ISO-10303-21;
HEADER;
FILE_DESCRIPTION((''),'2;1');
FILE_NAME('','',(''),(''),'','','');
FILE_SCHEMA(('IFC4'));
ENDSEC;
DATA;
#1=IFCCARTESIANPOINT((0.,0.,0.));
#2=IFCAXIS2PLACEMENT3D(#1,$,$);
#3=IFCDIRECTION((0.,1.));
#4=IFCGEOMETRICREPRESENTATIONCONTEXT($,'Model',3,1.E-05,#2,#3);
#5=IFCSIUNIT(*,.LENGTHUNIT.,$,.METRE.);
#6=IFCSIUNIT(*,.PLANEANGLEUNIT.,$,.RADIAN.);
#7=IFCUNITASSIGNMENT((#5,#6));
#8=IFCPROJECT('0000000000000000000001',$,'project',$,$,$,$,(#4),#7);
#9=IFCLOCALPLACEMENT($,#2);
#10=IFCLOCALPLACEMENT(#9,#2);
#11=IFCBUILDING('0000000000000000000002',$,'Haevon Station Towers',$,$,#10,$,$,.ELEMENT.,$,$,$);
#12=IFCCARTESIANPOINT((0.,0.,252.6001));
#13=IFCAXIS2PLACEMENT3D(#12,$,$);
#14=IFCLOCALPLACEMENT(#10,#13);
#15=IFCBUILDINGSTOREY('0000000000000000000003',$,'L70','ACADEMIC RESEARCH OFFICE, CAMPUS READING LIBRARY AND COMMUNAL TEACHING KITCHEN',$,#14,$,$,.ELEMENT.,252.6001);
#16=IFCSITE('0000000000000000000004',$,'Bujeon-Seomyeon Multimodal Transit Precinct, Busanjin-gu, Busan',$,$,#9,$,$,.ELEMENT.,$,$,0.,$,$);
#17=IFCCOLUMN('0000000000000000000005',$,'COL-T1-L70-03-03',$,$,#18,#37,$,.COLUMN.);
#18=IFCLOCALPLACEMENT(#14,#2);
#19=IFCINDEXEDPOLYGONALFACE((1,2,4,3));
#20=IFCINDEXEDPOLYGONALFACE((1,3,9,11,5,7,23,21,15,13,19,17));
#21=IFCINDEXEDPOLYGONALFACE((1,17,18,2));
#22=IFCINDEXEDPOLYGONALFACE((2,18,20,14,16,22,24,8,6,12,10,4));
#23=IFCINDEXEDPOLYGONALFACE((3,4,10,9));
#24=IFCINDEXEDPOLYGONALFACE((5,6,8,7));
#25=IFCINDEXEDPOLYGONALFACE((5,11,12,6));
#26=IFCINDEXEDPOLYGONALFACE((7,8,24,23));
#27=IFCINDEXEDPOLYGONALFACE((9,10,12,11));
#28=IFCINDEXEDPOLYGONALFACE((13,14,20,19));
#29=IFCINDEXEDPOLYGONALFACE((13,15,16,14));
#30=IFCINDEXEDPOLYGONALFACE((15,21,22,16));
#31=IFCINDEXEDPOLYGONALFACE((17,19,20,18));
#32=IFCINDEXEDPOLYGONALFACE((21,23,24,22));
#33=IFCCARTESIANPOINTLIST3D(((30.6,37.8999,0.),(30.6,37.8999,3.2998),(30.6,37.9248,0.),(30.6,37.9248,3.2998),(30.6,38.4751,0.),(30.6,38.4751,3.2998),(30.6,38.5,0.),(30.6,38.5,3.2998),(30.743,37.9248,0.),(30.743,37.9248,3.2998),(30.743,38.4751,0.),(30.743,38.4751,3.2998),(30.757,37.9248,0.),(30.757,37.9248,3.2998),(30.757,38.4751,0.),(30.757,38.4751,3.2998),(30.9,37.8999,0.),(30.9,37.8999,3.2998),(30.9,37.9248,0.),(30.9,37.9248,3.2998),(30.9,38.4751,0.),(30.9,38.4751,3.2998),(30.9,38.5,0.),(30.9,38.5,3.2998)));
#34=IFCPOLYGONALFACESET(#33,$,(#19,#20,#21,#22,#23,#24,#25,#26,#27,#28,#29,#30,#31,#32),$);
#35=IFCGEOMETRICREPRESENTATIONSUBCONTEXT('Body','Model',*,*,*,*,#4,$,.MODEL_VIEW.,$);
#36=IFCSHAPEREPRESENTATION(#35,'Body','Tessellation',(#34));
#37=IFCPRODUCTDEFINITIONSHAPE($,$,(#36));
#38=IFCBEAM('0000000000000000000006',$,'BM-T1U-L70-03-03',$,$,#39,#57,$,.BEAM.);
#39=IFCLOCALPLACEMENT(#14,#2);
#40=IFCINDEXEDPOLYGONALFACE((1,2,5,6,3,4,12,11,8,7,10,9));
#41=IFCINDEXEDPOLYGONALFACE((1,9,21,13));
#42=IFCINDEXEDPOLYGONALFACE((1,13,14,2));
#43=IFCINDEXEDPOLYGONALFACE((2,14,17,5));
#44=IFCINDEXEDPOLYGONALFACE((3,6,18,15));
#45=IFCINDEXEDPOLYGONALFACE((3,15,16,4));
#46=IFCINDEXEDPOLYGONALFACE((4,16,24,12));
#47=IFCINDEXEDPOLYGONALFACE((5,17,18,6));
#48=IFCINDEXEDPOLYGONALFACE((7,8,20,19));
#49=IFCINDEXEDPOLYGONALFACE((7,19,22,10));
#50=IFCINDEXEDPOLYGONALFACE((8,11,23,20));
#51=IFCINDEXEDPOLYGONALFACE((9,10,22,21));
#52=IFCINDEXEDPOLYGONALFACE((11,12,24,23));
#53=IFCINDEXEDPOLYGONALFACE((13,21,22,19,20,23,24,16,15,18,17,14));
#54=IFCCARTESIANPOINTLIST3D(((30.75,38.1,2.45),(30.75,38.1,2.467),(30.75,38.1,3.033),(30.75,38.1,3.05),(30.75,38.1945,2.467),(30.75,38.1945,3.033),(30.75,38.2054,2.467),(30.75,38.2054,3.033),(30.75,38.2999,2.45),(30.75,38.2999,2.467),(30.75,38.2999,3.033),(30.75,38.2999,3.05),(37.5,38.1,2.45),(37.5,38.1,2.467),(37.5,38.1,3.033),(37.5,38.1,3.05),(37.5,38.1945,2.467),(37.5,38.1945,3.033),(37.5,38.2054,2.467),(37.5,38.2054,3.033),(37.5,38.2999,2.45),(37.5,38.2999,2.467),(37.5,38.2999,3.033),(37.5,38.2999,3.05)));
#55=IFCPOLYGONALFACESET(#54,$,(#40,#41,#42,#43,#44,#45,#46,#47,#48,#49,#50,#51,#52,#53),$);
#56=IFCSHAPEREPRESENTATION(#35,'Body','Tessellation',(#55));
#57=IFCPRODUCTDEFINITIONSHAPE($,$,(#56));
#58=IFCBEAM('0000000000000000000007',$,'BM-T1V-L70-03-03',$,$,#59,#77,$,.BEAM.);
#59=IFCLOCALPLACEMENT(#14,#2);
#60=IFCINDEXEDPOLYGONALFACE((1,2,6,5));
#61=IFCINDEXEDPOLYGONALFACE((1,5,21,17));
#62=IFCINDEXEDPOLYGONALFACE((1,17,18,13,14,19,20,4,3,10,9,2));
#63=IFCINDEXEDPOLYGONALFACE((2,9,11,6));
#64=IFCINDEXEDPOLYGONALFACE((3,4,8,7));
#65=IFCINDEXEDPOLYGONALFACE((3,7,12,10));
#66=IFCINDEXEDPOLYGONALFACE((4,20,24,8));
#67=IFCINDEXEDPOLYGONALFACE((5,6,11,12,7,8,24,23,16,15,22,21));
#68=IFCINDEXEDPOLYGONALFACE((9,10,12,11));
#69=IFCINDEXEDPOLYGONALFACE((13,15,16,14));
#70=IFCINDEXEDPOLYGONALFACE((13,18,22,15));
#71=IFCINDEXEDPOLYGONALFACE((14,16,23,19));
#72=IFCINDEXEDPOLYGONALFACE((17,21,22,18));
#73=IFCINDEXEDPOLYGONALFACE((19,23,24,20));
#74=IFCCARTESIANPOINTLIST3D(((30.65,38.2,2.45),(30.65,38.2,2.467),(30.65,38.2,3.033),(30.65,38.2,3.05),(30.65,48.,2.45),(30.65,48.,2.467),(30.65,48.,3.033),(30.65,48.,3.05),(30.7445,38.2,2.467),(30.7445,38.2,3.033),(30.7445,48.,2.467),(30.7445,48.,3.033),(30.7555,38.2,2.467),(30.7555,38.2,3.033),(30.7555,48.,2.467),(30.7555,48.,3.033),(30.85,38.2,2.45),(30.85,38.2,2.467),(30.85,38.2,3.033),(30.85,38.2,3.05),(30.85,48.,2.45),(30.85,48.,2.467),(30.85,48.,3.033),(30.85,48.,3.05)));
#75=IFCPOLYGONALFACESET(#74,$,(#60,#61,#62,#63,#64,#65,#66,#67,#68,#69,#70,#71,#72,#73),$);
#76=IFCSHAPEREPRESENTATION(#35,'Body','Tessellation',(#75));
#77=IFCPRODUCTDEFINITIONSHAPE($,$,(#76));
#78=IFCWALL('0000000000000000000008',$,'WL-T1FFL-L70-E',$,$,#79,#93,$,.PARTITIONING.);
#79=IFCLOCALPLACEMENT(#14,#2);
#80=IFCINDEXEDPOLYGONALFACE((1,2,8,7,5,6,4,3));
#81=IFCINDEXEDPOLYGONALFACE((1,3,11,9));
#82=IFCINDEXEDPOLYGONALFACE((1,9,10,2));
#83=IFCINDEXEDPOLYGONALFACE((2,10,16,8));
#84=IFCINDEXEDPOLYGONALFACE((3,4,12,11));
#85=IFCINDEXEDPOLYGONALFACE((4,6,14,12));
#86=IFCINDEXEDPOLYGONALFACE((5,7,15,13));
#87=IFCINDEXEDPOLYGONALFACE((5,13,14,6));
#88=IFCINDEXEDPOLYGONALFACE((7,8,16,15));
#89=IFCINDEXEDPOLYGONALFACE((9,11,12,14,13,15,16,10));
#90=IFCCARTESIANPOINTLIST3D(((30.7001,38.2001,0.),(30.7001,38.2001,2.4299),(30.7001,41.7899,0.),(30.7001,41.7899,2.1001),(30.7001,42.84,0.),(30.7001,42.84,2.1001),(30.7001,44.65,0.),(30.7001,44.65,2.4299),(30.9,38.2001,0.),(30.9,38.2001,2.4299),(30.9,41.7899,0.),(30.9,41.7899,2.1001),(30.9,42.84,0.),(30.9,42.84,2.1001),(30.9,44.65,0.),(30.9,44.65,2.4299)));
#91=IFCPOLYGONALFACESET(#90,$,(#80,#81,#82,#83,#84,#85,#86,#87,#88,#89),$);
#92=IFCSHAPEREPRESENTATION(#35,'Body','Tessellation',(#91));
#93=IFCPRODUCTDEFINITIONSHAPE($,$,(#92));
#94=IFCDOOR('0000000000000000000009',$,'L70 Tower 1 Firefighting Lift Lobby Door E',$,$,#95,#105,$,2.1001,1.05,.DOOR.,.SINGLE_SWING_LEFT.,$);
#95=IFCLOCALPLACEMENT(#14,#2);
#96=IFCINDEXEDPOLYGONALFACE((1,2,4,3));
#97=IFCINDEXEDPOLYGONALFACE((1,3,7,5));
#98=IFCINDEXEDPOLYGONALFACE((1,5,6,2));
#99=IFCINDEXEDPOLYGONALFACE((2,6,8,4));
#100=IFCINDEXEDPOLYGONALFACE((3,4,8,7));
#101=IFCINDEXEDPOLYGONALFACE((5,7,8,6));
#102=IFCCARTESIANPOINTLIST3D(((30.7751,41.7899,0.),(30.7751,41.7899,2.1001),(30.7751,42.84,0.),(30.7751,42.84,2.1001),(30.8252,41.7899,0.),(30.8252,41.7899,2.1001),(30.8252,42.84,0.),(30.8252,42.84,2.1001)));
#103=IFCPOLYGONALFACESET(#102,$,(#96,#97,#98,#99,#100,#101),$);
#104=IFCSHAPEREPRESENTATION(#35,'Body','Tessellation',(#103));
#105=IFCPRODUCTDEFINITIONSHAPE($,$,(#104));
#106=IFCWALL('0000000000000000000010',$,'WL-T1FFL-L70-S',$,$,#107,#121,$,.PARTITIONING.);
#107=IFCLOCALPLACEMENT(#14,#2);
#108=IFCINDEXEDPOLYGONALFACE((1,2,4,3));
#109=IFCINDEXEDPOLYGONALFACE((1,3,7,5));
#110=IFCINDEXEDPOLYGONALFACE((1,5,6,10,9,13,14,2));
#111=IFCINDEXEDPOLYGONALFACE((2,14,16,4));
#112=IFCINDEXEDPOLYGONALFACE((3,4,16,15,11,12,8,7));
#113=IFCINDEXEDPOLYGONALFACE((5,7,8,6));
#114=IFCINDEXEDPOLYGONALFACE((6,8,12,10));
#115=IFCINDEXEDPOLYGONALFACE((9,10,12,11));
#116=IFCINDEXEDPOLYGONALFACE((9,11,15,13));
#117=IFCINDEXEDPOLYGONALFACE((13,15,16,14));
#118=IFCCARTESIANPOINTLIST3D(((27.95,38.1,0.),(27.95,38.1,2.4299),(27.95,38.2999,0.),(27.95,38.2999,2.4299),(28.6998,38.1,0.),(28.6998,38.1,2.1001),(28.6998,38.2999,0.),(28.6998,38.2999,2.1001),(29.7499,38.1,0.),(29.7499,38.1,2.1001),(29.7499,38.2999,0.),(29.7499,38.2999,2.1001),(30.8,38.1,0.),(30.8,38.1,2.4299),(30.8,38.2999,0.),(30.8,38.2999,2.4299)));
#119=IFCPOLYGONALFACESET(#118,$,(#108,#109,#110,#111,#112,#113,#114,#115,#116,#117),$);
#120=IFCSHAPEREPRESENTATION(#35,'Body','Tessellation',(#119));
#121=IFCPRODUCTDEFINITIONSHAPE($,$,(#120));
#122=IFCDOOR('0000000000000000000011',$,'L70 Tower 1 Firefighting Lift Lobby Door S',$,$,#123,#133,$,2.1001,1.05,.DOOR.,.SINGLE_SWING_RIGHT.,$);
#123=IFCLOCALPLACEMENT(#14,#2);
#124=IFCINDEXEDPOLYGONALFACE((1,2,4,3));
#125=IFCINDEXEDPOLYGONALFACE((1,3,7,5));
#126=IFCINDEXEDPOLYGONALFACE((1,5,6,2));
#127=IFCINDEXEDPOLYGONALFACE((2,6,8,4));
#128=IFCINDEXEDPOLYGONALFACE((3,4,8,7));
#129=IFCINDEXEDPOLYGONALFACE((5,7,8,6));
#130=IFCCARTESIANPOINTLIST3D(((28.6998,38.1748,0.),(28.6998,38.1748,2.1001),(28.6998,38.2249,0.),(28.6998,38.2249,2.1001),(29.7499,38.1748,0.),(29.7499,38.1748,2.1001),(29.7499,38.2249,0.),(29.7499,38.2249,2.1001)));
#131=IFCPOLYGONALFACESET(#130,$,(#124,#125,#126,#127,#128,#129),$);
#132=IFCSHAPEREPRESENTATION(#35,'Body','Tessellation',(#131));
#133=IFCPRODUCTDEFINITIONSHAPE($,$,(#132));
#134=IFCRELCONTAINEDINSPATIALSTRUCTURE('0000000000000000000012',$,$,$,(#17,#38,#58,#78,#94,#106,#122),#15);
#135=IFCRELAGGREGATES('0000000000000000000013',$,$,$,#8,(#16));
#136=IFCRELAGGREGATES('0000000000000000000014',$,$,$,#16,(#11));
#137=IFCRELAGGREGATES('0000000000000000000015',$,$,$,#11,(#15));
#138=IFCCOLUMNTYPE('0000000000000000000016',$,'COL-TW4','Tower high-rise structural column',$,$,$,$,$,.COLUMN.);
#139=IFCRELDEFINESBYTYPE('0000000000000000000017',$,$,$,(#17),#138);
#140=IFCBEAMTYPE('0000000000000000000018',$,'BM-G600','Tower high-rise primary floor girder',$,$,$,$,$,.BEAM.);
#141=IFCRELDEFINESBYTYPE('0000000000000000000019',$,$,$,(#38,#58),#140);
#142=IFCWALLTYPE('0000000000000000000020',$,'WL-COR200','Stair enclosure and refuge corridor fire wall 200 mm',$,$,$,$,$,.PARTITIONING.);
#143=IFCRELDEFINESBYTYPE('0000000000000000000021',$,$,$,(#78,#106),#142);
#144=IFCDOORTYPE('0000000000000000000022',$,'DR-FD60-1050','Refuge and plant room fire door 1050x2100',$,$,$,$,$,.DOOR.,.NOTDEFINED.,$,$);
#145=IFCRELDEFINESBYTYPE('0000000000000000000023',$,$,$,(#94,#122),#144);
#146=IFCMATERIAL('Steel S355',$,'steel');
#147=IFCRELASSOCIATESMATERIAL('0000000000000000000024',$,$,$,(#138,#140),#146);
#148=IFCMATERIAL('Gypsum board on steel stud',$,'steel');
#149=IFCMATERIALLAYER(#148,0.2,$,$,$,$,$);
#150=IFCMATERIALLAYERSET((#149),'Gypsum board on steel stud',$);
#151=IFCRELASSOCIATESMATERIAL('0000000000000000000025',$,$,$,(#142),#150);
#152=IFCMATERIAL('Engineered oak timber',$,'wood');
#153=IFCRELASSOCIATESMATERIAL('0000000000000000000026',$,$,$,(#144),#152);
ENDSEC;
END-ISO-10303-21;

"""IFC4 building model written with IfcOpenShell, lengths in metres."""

from ifc_helpers import new_model, si_unit, direction, frame, frame_2d, origin, origin_2d, place, context, subcontext, project, spatial, rectangle, i_section, extrude, material, layer, layer_set, material_profile, profile_set, type_object, element, fill, save


model = new_model("IFC4")

# Units and contexts
model_context = context("Model", 3, precision=1e-05, world=origin(), true_north=direction((0.0, 1.0)))
body_context = subcontext(model_context, "Body", "Model", "MODEL_VIEW")
ifc_project = project(units=[si_unit("LENGTHUNIT", "METRE"), si_unit("PLANEANGLEUNIT", "RADIAN")], contexts=[model_context])

# Site, building, storey
site_placement = place(None, origin())
site = spatial("IfcSite", under=ifc_project, at=site_placement, Name="Bujeon-Seomyeon Multimodal Transit Precinct, Busanjin-gu, Busan", CompositionType="ELEMENT", RefElevation=0.0)
building_placement = place(site_placement, origin())
building = spatial("IfcBuilding", under=site, at=building_placement, Name="Haevon Station Towers", CompositionType="ELEMENT")
storey_placement = place(building_placement, frame((0.0, 0.0, 252.6001)))
storey = spatial("IfcBuildingStorey", under=building, at=storey_placement, Name="L70", Description="ACADEMIC RESEARCH OFFICE, CAMPUS READING LIBRARY AND COMMUNAL TEACHING KITCHEN", CompositionType="ELEMENT", Elevation=252.6001)

# Column
ifc_material_1 = material(Name="Steel S355", Category="steel")
ifc_material_profile_1 = material_profile(ifc_material_1, i_section(OverallWidth=0.3, OverallDepth=0.6001, WebThickness=0.0139, FlangeThickness=0.0249, at=origin_2d()), Name="H-600x300x14x25")
ifc_profile_set_1 = profile_set([ifc_material_profile_1], Name="Steel S355")
column_type = type_object("IfcColumnType", Name="COL-TW4", Description="Tower high-rise structural column", PredefinedType="COLUMN", material=ifc_profile_set_1)
column_placement = place(storey_placement, frame((30.75, 38.2, 0.0), z_axis=(0.0, 0.0, 1.0), x_axis=(1.0, 0.0, 0.0)))
element("IfcColumn", 1, at=column_placement, inside=storey, type_object=column_type, Name="COL-T1-L70-03-03", PredefinedType="COLUMN", context=body_context, shape_type="SweptSolid", body=[
    extrude(i_section(OverallWidth=0.3, OverallDepth=0.6001, WebThickness=0.0139, FlangeThickness=0.0249, at=origin_2d()), origin(), (0.0, 0.0, 1.0), 3.2998),
])

# Beams
ifc_material_profile_2 = material_profile(ifc_material_1, i_section(OverallWidth=0.2, OverallDepth=0.6001, WebThickness=0.011, FlangeThickness=0.0171, at=origin_2d()), Name="H-600x200x11x17")
ifc_profile_set_2 = profile_set([ifc_material_profile_2], Name="Steel S355")
beam_type = type_object("IfcBeamType", Name="BM-G600", Description="Tower high-rise primary floor girder", PredefinedType="BEAM", material=ifc_profile_set_2)
beam_1_placement = place(storey_placement, frame((30.75, 38.2, 2.75), z_axis=(1.0, 0.0, 0.0), x_axis=(0.0, 1.0, 0.0)))
element("IfcBeam", 2, at=beam_1_placement, inside=storey, type_object=beam_type, Name="BM-T1U-L70-03-03", PredefinedType="BEAM", context=body_context, shape_type="SweptSolid", body=[
    extrude(i_section(OverallWidth=0.2, OverallDepth=0.6001, WebThickness=0.011, FlangeThickness=0.0171, at=origin_2d()), origin(), (0.0, 0.0, 1.0), 6.75),
])
beam_2_placement = place(storey_placement, frame((30.75, 38.2, 2.75), z_axis=(0.0, 1.0, 0.0), x_axis=(-1.0, 0.0, 0.0)))
element("IfcBeam", 3, at=beam_2_placement, inside=storey, type_object=beam_type, Name="BM-T1V-L70-03-03", PredefinedType="BEAM", context=body_context, shape_type="SweptSolid", body=[
    extrude(i_section(OverallWidth=0.2, OverallDepth=0.6001, WebThickness=0.011, FlangeThickness=0.0171, at=origin_2d()), origin(), (0.0, 0.0, 1.0), 9.8),
])

# Walls, openings, doors
ifc_material_2 = material(Name="Gypsum board on steel stud", Category="steel")
ifc_layer_1 = layer(ifc_material_2, 0.2)
ifc_layer_set_1 = layer_set([ifc_layer_1], Name="Gypsum board on steel stud")
wall_type_1 = type_object("IfcWallType", Name="WL-COR200", Description="Stair enclosure and refuge corridor fire wall 200 mm", PredefinedType="PARTITIONING", material=ifc_layer_set_1)
wall_1_placement = place(storey_placement, frame((30.8, 38.2, 0.0), z_axis=(0.0, 0.0, 1.0), x_axis=(0.0, 1.0, 0.0)))
wall_1 = element("IfcWall", 4, at=wall_1_placement, inside=storey, type_object=wall_type_1, Name="WL-T1FFL-L70-E", PredefinedType="PARTITIONING", context=body_context, shape_type="SweptSolid", body=[
    extrude(rectangle(XDim=6.45, YDim=0.2, at=frame_2d((3.2251, 0.0))), origin(), (0.0, 0.0, 1.0), 2.4299),
])
opening_1_placement = place(wall_1_placement, frame((3.5901, 0.0, 0.0)))
opening_1 = element("IfcOpeningElement", 5, at=opening_1_placement, cuts=wall_1, PredefinedType="OPENING", context=body_context, shape_type="SweptSolid", body=[
    extrude(rectangle(XDim=1.05, YDim=2.1001, at=frame_2d((0.5249, 1.05))), frame((0.0, 0.1099, 0.0), z_axis=(0.0, -1.0, 0.0), x_axis=(1.0, 0.0, 0.0)), (0.0, 0.0, 1.0), 0.22),
])
ifc_material_3 = material(Name="Engineered oak timber", Category="wood")
door_type_1 = type_object("IfcDoorType", Name="DR-FD60-1050", Description="Refuge and plant room fire door 1050x2100", OperationType="NOTDEFINED", PredefinedType="DOOR", material=ifc_material_3)
door_1_placement = place(opening_1_placement, origin())
door_1 = element("IfcDoor", 6, at=door_1_placement, inside=storey, type_object=door_type_1, Name="L70 Tower 1 Firefighting Lift Lobby Door E", OperationType="SINGLE_SWING_LEFT", OverallHeight=2.1001, OverallWidth=1.05, PredefinedType="DOOR", context=body_context, shape_type="SweptSolid", body=[
    extrude(rectangle(XDim=1.05, YDim=2.1001, at=frame_2d((0.5249, 1.05))), frame((0.0, 0.0249, 0.0), z_axis=(0.0, -1.0, 0.0), x_axis=(1.0, 0.0, 0.0)), (0.0, 0.0, 1.0), 0.05),
])
fill(opening_1, door_1)
wall_2_placement = place(storey_placement, frame((27.95, 38.2, 0.0), z_axis=(0.0, 0.0, 1.0), x_axis=(1.0, 0.0, 0.0)))
wall_2 = element("IfcWall", 7, at=wall_2_placement, inside=storey, type_object=wall_type_1, Name="WL-T1FFL-L70-S", PredefinedType="PARTITIONING", context=body_context, shape_type="SweptSolid", body=[
    extrude(rectangle(XDim=2.8501, YDim=0.2, at=frame_2d((1.425, 0.0))), origin(), (0.0, 0.0, 1.0), 2.4299),
])
opening_2_placement = place(wall_2_placement, frame((0.75, 0.0, 0.0)))
opening_2 = element("IfcOpeningElement", 8, at=opening_2_placement, cuts=wall_2, PredefinedType="OPENING", context=body_context, shape_type="SweptSolid", body=[
    extrude(rectangle(XDim=1.05, YDim=2.1001, at=frame_2d((0.5249, 1.05))), frame((0.0, 0.1099, 0.0), z_axis=(0.0, -1.0, 0.0), x_axis=(1.0, 0.0, 0.0)), (0.0, 0.0, 1.0), 0.22),
])
door_2_placement = place(opening_2_placement, origin())
door_2 = element("IfcDoor", 9, at=door_2_placement, inside=storey, type_object=door_type_1, Name="L70 Tower 1 Firefighting Lift Lobby Door S", OperationType="SINGLE_SWING_RIGHT", OverallHeight=2.1001, OverallWidth=1.05, PredefinedType="DOOR", context=body_context, shape_type="SweptSolid", body=[
    extrude(rectangle(XDim=1.05, YDim=2.1001, at=frame_2d((0.5249, 1.05))), frame((0.0, 0.0249, 0.0), z_axis=(0.0, -1.0, 0.0), x_axis=(1.0, 0.0, 0.0)), (0.0, 0.0, 1.0), 0.05),
])
fill(opening_2, door_2)

save(model, "model.ifc")
